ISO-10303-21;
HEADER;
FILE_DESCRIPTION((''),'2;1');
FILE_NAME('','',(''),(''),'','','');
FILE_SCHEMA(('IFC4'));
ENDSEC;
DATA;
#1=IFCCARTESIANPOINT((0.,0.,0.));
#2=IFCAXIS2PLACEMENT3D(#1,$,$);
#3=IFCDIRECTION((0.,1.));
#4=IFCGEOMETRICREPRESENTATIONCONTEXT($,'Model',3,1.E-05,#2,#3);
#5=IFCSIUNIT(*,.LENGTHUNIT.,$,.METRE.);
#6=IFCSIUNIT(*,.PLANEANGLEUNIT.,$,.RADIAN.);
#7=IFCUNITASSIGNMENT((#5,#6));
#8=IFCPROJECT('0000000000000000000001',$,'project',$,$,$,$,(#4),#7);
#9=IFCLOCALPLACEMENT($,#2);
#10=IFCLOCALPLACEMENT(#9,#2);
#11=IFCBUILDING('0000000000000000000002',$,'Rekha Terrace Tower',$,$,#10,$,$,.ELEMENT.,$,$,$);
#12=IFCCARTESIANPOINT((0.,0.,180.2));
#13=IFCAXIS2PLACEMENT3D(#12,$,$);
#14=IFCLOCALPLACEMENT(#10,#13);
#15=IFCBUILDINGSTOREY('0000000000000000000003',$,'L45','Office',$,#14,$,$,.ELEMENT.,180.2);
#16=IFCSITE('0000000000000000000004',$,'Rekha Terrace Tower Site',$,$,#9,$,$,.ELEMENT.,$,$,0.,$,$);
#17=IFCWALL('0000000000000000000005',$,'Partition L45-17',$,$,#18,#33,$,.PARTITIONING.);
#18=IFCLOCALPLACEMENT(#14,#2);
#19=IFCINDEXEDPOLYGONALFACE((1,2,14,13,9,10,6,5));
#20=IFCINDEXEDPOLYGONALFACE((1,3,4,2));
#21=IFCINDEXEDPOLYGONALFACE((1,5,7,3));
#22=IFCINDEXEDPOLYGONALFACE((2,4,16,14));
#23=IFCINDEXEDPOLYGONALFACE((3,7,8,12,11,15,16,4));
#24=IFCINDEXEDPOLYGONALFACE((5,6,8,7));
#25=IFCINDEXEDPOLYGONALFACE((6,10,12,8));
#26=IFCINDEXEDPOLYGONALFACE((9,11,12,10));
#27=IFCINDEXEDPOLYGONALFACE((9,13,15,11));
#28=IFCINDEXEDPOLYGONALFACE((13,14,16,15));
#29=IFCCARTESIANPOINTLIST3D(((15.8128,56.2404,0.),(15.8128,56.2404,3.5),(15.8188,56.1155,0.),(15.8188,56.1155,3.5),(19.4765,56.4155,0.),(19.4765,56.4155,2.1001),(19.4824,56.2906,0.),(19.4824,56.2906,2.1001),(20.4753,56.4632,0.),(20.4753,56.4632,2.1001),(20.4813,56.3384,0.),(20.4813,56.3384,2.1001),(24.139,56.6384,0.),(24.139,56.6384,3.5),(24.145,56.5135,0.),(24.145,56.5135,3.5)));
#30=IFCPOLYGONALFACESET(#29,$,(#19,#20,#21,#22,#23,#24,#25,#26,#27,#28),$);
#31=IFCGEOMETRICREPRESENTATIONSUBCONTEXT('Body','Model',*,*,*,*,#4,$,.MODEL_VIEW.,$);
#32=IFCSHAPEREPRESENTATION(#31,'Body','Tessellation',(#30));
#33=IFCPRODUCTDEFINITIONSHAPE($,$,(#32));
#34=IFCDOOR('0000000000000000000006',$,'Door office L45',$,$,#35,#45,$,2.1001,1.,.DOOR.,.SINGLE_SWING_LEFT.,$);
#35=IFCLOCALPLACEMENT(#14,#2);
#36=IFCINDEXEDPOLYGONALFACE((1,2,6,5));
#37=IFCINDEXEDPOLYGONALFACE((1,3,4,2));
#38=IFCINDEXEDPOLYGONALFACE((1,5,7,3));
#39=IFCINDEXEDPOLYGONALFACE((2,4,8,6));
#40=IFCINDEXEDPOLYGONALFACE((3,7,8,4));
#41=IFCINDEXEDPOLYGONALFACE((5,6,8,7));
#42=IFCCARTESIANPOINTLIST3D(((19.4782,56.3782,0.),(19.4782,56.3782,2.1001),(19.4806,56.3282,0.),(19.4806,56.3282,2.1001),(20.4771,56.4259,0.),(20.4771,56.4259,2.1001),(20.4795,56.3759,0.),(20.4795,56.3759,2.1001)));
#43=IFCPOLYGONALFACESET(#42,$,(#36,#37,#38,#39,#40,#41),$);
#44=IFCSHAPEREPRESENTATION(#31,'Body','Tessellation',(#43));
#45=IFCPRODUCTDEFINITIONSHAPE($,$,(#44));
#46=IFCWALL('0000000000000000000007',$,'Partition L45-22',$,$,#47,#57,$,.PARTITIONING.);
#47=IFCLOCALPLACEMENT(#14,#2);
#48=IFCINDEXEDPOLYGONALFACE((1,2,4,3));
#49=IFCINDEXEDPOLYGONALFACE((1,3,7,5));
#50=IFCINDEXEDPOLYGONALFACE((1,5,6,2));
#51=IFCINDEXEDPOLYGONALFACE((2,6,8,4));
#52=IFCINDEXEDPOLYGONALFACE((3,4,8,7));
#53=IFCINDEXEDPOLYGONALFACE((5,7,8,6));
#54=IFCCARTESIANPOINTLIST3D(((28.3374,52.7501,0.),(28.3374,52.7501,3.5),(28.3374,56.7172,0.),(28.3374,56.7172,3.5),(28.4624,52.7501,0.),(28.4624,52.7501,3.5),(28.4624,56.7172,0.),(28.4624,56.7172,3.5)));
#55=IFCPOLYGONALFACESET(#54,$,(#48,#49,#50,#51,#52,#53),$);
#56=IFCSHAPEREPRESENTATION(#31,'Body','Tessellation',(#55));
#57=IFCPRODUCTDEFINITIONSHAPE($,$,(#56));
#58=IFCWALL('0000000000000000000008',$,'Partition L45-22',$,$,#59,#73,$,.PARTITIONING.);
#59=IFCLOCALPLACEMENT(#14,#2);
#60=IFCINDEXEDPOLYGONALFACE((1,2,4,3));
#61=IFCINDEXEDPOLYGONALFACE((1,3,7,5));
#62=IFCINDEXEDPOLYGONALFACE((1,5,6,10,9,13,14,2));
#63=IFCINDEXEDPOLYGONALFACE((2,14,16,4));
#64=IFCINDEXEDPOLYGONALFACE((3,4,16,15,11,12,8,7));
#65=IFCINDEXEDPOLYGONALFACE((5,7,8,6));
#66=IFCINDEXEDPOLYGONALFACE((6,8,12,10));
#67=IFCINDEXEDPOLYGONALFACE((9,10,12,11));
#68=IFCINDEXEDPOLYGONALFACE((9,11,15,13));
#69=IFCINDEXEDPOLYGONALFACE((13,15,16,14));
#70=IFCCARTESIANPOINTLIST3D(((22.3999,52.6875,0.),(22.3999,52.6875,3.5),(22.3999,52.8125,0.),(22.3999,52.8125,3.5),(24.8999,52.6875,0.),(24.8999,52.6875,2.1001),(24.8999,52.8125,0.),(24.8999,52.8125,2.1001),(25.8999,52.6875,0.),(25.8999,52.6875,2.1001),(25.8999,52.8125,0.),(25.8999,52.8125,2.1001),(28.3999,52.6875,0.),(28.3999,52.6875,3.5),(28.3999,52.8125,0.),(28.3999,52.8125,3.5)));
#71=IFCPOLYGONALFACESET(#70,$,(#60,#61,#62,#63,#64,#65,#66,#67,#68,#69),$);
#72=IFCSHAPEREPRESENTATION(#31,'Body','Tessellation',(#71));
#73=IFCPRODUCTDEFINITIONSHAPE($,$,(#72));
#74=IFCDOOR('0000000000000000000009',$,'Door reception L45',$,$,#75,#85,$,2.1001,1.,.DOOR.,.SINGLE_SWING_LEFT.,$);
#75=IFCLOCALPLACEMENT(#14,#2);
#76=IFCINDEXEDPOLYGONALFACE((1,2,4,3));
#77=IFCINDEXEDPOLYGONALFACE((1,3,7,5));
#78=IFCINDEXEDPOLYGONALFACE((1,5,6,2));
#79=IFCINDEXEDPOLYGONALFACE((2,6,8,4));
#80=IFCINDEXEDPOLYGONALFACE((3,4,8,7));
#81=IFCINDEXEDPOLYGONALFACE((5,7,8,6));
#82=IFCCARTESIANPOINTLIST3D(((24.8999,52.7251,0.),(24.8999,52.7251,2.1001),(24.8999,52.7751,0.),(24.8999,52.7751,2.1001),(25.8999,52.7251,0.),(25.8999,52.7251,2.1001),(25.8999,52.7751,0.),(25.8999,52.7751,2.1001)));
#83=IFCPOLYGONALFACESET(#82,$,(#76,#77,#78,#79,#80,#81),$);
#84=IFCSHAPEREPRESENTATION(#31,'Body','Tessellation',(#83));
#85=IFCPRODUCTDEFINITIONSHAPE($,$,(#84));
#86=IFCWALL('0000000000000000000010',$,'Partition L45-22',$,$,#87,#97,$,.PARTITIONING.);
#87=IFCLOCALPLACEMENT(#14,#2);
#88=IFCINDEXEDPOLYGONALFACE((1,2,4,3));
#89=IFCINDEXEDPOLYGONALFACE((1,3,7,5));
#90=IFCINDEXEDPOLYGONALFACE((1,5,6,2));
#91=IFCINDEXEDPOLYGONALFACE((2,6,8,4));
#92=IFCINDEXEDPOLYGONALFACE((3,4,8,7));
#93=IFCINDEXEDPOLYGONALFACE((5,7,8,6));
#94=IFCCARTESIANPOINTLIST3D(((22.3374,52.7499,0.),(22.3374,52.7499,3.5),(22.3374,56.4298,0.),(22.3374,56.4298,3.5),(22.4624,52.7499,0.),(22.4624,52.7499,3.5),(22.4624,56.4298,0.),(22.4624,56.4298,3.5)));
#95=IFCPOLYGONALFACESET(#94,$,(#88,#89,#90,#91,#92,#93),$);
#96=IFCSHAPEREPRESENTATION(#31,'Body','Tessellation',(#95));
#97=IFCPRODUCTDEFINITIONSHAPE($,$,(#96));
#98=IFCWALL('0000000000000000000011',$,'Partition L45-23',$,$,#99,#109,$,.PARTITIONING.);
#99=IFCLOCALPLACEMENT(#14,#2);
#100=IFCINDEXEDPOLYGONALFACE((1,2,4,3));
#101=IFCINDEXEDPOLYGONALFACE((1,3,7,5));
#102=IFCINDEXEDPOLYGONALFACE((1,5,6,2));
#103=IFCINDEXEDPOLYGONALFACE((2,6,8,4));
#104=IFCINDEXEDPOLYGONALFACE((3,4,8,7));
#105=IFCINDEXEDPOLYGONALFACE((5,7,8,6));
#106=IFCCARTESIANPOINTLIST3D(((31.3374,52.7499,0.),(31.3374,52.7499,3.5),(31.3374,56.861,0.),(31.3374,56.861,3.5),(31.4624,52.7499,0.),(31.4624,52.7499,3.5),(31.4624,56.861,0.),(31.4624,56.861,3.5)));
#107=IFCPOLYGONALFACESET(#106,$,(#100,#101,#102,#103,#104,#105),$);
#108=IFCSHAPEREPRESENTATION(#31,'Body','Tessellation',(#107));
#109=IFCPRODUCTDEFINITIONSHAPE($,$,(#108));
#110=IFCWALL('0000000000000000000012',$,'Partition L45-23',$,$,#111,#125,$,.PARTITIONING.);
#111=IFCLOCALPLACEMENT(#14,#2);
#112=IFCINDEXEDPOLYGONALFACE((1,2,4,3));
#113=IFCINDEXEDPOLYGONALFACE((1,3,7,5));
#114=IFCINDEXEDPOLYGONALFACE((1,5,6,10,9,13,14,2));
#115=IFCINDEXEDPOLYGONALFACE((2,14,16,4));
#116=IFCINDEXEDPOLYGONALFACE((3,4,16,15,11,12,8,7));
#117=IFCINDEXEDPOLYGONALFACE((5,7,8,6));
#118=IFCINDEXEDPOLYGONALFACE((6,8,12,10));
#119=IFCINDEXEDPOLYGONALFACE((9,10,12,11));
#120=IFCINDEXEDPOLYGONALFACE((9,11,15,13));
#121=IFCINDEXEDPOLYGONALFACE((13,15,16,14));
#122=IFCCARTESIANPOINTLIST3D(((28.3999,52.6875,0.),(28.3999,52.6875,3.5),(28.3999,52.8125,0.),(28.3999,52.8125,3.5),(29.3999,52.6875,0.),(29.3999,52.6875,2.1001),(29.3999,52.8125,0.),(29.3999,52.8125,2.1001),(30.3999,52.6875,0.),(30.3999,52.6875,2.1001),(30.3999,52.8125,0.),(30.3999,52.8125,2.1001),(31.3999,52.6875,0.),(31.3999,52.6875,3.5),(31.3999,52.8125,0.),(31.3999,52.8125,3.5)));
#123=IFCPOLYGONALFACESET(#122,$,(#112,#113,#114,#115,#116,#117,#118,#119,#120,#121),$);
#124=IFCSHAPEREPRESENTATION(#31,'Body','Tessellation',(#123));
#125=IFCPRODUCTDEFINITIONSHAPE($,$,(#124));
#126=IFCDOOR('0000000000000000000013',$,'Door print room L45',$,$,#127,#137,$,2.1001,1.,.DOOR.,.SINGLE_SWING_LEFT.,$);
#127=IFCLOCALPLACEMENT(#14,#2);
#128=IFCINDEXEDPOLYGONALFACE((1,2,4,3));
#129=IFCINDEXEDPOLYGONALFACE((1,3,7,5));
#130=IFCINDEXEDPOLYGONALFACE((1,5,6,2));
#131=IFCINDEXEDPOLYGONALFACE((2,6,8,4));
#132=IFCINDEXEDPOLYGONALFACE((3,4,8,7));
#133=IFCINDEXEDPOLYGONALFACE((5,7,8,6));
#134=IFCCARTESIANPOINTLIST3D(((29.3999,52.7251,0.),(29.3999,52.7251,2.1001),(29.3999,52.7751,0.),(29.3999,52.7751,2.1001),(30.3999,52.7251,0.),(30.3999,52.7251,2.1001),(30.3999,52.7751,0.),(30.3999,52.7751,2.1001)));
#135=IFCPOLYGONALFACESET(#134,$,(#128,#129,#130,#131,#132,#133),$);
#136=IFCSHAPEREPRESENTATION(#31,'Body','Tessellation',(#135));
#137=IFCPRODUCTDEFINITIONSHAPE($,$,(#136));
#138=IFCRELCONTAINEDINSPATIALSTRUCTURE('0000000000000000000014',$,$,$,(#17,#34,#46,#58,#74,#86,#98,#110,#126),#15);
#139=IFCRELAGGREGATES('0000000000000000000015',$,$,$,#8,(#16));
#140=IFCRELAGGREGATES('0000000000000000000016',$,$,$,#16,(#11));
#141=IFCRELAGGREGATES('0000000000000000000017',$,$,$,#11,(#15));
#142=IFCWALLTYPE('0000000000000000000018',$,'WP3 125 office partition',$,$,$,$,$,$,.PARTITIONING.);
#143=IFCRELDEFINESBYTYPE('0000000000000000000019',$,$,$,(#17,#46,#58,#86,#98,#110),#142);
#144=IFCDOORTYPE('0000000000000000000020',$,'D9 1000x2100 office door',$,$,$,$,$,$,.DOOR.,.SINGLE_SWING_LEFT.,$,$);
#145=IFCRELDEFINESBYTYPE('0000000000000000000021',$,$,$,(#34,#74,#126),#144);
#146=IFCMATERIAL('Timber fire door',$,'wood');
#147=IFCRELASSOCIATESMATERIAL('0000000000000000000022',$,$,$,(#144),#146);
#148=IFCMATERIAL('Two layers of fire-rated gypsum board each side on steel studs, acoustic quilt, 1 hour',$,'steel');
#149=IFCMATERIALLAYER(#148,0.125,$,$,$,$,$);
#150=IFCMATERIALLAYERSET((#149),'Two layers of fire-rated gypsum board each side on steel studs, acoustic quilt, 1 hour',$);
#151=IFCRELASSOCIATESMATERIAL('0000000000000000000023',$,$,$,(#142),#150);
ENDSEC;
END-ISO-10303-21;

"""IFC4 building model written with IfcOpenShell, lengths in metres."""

from ifc_helpers import new_model, si_unit, direction, frame, frame_2d, origin, place, context, subcontext, project, spatial, rectangle, extrude, material, layer, layer_set, type_object, element, fill, save


model = new_model("IFC4")

# Units and contexts
model_context = context("Model", 3, precision=1e-05, world=origin(), true_north=direction((0.0, 1.0)))
body_context = subcontext(model_context, "Body", "Model", "MODEL_VIEW")
ifc_project = project(units=[si_unit("LENGTHUNIT", "METRE"), si_unit("PLANEANGLEUNIT", "RADIAN")], contexts=[model_context])

# Site, building, storey
site_placement = place(None, origin())
site = spatial("IfcSite", under=ifc_project, at=site_placement, Name="Rekha Terrace Tower Site", CompositionType="ELEMENT", RefElevation=0.0)
building_placement = place(site_placement, origin())
building = spatial("IfcBuilding", under=site, at=building_placement, Name="Rekha Terrace Tower", CompositionType="ELEMENT")
storey_placement = place(building_placement, frame((0.0, 0.0, 180.2)))
storey = spatial("IfcBuildingStorey", under=building, at=storey_placement, Name="L45", Description="Office", CompositionType="ELEMENT", Elevation=180.2)

# Shared definitions
ifc_material_1 = material(Name="Timber fire door", Category="wood")
door_type_1 = type_object("IfcDoorType", Name="D9 1000x2100 office door", OperationType="SINGLE_SWING_LEFT", PredefinedType="DOOR", material=ifc_material_1)
ifc_material_2 = material(Name="Two layers of fire-rated gypsum board each side on steel studs, acoustic quilt, 1 hour", Category="steel")
ifc_layer_1 = layer(ifc_material_2, 0.125)
ifc_layer_set_1 = layer_set([ifc_layer_1], Name="Two layers of fire-rated gypsum board each side on steel studs, acoustic quilt, 1 hour")
wall_type_1 = type_object("IfcWallType", Name="WP3 125 office partition", PredefinedType="PARTITIONING", material=ifc_layer_set_1)

# Wall, opening, door
wall_1_placement = place(storey_placement, frame((24.1421, 56.5759, 0.0), z_axis=(0.0, 0.0, 1.0), x_axis=(-0.99886, -0.04774, 0.0)))
wall_1 = element("IfcWall", 1, at=wall_1_placement, inside=storey, type_object=wall_type_1, Name="Partition L45-17", PredefinedType="PARTITIONING", context=body_context, shape_type="SweptSolid", body=[
    extrude(rectangle(XDim=8.3357, YDim=0.125, at=frame_2d((4.168, 0.0))), origin(), (0.0, 0.0, 1.0), 3.5),
])
opening_1_placement = place(wall_1_placement, frame((3.668, 0.0, 0.0)))
opening_1 = element("IfcOpeningElement", 2, at=opening_1_placement, cuts=wall_1, PredefinedType="OPENING", context=body_context, shape_type="SweptSolid", body=[
    extrude(rectangle(XDim=1.0, YDim=2.1001, at=frame_2d((0.5, 1.05))), frame((0.0, 0.0725, 0.0), z_axis=(0.0, -1.0, 0.0), x_axis=(1.0, 0.0, 0.0)), (0.0, 0.0, 1.0), 0.145),
])
door_1_placement = place(opening_1_placement, origin())
door_1 = element("IfcDoor", 3, at=door_1_placement, inside=storey, type_object=door_type_1, Name="Door office L45", OperationType="SINGLE_SWING_LEFT", OverallHeight=2.1001, OverallWidth=1.0, PredefinedType="DOOR", context=body_context, shape_type="SweptSolid", body=[
    extrude(rectangle(XDim=1.0, YDim=2.1001, at=frame_2d((0.5, 1.05))), frame((0.0, 0.0249, 0.0), z_axis=(0.0, -1.0, 0.0), x_axis=(1.0, 0.0, 0.0)), (0.0, 0.0, 1.0), 0.05),
])
fill(opening_1, door_1)

# Wall
wall_2_placement = place(storey_placement, frame((28.3999, 56.717, 0.0), z_axis=(0.0, 0.0, 1.0), x_axis=(0.0, -1.0, 0.0)))
element("IfcWall", 4, at=wall_2_placement, inside=storey, type_object=wall_type_1, Name="Partition L45-22", PredefinedType="PARTITIONING", context=body_context, shape_type="SweptSolid", body=[
    extrude(rectangle(XDim=3.967, YDim=0.125, at=frame_2d((1.9834, 0.0))), origin(), (0.0, 0.0, 1.0), 3.5),
])

# Wall, opening, door
wall_3_placement = place(storey_placement, frame((28.3999, 52.75, 0.0), z_axis=(0.0, 0.0, 1.0), x_axis=(-1.0, 0.0, 0.0)))
wall_3 = element("IfcWall", 5, at=wall_3_placement, inside=storey, type_object=wall_type_1, Name="Partition L45-22", PredefinedType="PARTITIONING", context=body_context, shape_type="SweptSolid", body=[
    extrude(rectangle(XDim=6.0, YDim=0.125, at=frame_2d((3.0, 0.0))), origin(), (0.0, 0.0, 1.0), 3.5),
])
opening_2_placement = place(wall_3_placement, frame((2.5, 0.0, 0.0)))
opening_2 = element("IfcOpeningElement", 6, at=opening_2_placement, cuts=wall_3, PredefinedType="OPENING", context=body_context, shape_type="SweptSolid", body=[
    extrude(rectangle(XDim=1.0, YDim=2.1001, at=frame_2d((0.5, 1.05))), frame((0.0, 0.0725, 0.0), z_axis=(0.0, -1.0, 0.0), x_axis=(1.0, 0.0, 0.0)), (0.0, 0.0, 1.0), 0.145),
])
door_2_placement = place(opening_2_placement, origin())
door_2 = element("IfcDoor", 7, at=door_2_placement, inside=storey, type_object=door_type_1, Name="Door reception L45", OperationType="SINGLE_SWING_LEFT", OverallHeight=2.1001, OverallWidth=1.0, PredefinedType="DOOR", context=body_context, shape_type="SweptSolid", body=[
    extrude(rectangle(XDim=1.0, YDim=2.1001, at=frame_2d((0.5, 1.05))), frame((0.0, 0.0249, 0.0), z_axis=(0.0, -1.0, 0.0), x_axis=(1.0, 0.0, 0.0)), (0.0, 0.0, 1.0), 0.05),
])
fill(opening_2, door_2)

# Walls
wall_4_placement = place(storey_placement, frame((22.3999, 52.75, 0.0), z_axis=(0.0, 0.0, 1.0), x_axis=(0.0, 1.0, 0.0)))
element("IfcWall", 8, at=wall_4_placement, inside=storey, type_object=wall_type_1, Name="Partition L45-22", PredefinedType="PARTITIONING", context=body_context, shape_type="SweptSolid", body=[
    extrude(rectangle(XDim=3.6799, YDim=0.125, at=frame_2d((1.8398, 0.0))), origin(), (0.0, 0.0, 1.0), 3.5),
])
wall_5_placement = place(storey_placement, frame((31.3999, 56.8611, 0.0), z_axis=(0.0, 0.0, 1.0), x_axis=(0.0, -1.0, 0.0)))
element("IfcWall", 9, at=wall_5_placement, inside=storey, type_object=wall_type_1, Name="Partition L45-23", PredefinedType="PARTITIONING", context=body_context, shape_type="SweptSolid", body=[
    extrude(rectangle(XDim=4.1111, YDim=0.125, at=frame_2d((2.0557, 0.0))), origin(), (0.0, 0.0, 1.0), 3.5),
])

# Wall, opening, door
wall_6_placement = place(storey_placement, frame((31.3999, 52.75, 0.0), z_axis=(0.0, 0.0, 1.0), x_axis=(-1.0, 0.0, 0.0)))
wall_6 = element("IfcWall", 10, at=wall_6_placement, inside=storey, type_object=wall_type_1, Name="Partition L45-23", PredefinedType="PARTITIONING", context=body_context, shape_type="SweptSolid", body=[
    extrude(rectangle(XDim=3.0, YDim=0.125, at=frame_2d((1.5, 0.0))), origin(), (0.0, 0.0, 1.0), 3.5),
])
opening_3_placement = place(wall_6_placement, frame((1.0, 0.0, 0.0)))
opening_3 = element("IfcOpeningElement", 11, at=opening_3_placement, cuts=wall_6, PredefinedType="OPENING", context=body_context, shape_type="SweptSolid", body=[
    extrude(rectangle(XDim=1.0, YDim=2.1001, at=frame_2d((0.5, 1.05))), frame((0.0, 0.0725, 0.0), z_axis=(0.0, -1.0, 0.0), x_axis=(1.0, 0.0, 0.0)), (0.0, 0.0, 1.0), 0.145),
])
door_3_placement = place(opening_3_placement, origin())
door_3 = element("IfcDoor", 12, at=door_3_placement, inside=storey, type_object=door_type_1, Name="Door print room L45", OperationType="SINGLE_SWING_LEFT", OverallHeight=2.1001, OverallWidth=1.0, PredefinedType="DOOR", context=body_context, shape_type="SweptSolid", body=[
    extrude(rectangle(XDim=1.0, YDim=2.1001, at=frame_2d((0.5, 1.05))), frame((0.0, 0.0249, 0.0), z_axis=(0.0, -1.0, 0.0), x_axis=(1.0, 0.0, 0.0)), (0.0, 0.0, 1.0), 0.05),
])
fill(opening_3, door_3)

save(model, "model.ifc")
